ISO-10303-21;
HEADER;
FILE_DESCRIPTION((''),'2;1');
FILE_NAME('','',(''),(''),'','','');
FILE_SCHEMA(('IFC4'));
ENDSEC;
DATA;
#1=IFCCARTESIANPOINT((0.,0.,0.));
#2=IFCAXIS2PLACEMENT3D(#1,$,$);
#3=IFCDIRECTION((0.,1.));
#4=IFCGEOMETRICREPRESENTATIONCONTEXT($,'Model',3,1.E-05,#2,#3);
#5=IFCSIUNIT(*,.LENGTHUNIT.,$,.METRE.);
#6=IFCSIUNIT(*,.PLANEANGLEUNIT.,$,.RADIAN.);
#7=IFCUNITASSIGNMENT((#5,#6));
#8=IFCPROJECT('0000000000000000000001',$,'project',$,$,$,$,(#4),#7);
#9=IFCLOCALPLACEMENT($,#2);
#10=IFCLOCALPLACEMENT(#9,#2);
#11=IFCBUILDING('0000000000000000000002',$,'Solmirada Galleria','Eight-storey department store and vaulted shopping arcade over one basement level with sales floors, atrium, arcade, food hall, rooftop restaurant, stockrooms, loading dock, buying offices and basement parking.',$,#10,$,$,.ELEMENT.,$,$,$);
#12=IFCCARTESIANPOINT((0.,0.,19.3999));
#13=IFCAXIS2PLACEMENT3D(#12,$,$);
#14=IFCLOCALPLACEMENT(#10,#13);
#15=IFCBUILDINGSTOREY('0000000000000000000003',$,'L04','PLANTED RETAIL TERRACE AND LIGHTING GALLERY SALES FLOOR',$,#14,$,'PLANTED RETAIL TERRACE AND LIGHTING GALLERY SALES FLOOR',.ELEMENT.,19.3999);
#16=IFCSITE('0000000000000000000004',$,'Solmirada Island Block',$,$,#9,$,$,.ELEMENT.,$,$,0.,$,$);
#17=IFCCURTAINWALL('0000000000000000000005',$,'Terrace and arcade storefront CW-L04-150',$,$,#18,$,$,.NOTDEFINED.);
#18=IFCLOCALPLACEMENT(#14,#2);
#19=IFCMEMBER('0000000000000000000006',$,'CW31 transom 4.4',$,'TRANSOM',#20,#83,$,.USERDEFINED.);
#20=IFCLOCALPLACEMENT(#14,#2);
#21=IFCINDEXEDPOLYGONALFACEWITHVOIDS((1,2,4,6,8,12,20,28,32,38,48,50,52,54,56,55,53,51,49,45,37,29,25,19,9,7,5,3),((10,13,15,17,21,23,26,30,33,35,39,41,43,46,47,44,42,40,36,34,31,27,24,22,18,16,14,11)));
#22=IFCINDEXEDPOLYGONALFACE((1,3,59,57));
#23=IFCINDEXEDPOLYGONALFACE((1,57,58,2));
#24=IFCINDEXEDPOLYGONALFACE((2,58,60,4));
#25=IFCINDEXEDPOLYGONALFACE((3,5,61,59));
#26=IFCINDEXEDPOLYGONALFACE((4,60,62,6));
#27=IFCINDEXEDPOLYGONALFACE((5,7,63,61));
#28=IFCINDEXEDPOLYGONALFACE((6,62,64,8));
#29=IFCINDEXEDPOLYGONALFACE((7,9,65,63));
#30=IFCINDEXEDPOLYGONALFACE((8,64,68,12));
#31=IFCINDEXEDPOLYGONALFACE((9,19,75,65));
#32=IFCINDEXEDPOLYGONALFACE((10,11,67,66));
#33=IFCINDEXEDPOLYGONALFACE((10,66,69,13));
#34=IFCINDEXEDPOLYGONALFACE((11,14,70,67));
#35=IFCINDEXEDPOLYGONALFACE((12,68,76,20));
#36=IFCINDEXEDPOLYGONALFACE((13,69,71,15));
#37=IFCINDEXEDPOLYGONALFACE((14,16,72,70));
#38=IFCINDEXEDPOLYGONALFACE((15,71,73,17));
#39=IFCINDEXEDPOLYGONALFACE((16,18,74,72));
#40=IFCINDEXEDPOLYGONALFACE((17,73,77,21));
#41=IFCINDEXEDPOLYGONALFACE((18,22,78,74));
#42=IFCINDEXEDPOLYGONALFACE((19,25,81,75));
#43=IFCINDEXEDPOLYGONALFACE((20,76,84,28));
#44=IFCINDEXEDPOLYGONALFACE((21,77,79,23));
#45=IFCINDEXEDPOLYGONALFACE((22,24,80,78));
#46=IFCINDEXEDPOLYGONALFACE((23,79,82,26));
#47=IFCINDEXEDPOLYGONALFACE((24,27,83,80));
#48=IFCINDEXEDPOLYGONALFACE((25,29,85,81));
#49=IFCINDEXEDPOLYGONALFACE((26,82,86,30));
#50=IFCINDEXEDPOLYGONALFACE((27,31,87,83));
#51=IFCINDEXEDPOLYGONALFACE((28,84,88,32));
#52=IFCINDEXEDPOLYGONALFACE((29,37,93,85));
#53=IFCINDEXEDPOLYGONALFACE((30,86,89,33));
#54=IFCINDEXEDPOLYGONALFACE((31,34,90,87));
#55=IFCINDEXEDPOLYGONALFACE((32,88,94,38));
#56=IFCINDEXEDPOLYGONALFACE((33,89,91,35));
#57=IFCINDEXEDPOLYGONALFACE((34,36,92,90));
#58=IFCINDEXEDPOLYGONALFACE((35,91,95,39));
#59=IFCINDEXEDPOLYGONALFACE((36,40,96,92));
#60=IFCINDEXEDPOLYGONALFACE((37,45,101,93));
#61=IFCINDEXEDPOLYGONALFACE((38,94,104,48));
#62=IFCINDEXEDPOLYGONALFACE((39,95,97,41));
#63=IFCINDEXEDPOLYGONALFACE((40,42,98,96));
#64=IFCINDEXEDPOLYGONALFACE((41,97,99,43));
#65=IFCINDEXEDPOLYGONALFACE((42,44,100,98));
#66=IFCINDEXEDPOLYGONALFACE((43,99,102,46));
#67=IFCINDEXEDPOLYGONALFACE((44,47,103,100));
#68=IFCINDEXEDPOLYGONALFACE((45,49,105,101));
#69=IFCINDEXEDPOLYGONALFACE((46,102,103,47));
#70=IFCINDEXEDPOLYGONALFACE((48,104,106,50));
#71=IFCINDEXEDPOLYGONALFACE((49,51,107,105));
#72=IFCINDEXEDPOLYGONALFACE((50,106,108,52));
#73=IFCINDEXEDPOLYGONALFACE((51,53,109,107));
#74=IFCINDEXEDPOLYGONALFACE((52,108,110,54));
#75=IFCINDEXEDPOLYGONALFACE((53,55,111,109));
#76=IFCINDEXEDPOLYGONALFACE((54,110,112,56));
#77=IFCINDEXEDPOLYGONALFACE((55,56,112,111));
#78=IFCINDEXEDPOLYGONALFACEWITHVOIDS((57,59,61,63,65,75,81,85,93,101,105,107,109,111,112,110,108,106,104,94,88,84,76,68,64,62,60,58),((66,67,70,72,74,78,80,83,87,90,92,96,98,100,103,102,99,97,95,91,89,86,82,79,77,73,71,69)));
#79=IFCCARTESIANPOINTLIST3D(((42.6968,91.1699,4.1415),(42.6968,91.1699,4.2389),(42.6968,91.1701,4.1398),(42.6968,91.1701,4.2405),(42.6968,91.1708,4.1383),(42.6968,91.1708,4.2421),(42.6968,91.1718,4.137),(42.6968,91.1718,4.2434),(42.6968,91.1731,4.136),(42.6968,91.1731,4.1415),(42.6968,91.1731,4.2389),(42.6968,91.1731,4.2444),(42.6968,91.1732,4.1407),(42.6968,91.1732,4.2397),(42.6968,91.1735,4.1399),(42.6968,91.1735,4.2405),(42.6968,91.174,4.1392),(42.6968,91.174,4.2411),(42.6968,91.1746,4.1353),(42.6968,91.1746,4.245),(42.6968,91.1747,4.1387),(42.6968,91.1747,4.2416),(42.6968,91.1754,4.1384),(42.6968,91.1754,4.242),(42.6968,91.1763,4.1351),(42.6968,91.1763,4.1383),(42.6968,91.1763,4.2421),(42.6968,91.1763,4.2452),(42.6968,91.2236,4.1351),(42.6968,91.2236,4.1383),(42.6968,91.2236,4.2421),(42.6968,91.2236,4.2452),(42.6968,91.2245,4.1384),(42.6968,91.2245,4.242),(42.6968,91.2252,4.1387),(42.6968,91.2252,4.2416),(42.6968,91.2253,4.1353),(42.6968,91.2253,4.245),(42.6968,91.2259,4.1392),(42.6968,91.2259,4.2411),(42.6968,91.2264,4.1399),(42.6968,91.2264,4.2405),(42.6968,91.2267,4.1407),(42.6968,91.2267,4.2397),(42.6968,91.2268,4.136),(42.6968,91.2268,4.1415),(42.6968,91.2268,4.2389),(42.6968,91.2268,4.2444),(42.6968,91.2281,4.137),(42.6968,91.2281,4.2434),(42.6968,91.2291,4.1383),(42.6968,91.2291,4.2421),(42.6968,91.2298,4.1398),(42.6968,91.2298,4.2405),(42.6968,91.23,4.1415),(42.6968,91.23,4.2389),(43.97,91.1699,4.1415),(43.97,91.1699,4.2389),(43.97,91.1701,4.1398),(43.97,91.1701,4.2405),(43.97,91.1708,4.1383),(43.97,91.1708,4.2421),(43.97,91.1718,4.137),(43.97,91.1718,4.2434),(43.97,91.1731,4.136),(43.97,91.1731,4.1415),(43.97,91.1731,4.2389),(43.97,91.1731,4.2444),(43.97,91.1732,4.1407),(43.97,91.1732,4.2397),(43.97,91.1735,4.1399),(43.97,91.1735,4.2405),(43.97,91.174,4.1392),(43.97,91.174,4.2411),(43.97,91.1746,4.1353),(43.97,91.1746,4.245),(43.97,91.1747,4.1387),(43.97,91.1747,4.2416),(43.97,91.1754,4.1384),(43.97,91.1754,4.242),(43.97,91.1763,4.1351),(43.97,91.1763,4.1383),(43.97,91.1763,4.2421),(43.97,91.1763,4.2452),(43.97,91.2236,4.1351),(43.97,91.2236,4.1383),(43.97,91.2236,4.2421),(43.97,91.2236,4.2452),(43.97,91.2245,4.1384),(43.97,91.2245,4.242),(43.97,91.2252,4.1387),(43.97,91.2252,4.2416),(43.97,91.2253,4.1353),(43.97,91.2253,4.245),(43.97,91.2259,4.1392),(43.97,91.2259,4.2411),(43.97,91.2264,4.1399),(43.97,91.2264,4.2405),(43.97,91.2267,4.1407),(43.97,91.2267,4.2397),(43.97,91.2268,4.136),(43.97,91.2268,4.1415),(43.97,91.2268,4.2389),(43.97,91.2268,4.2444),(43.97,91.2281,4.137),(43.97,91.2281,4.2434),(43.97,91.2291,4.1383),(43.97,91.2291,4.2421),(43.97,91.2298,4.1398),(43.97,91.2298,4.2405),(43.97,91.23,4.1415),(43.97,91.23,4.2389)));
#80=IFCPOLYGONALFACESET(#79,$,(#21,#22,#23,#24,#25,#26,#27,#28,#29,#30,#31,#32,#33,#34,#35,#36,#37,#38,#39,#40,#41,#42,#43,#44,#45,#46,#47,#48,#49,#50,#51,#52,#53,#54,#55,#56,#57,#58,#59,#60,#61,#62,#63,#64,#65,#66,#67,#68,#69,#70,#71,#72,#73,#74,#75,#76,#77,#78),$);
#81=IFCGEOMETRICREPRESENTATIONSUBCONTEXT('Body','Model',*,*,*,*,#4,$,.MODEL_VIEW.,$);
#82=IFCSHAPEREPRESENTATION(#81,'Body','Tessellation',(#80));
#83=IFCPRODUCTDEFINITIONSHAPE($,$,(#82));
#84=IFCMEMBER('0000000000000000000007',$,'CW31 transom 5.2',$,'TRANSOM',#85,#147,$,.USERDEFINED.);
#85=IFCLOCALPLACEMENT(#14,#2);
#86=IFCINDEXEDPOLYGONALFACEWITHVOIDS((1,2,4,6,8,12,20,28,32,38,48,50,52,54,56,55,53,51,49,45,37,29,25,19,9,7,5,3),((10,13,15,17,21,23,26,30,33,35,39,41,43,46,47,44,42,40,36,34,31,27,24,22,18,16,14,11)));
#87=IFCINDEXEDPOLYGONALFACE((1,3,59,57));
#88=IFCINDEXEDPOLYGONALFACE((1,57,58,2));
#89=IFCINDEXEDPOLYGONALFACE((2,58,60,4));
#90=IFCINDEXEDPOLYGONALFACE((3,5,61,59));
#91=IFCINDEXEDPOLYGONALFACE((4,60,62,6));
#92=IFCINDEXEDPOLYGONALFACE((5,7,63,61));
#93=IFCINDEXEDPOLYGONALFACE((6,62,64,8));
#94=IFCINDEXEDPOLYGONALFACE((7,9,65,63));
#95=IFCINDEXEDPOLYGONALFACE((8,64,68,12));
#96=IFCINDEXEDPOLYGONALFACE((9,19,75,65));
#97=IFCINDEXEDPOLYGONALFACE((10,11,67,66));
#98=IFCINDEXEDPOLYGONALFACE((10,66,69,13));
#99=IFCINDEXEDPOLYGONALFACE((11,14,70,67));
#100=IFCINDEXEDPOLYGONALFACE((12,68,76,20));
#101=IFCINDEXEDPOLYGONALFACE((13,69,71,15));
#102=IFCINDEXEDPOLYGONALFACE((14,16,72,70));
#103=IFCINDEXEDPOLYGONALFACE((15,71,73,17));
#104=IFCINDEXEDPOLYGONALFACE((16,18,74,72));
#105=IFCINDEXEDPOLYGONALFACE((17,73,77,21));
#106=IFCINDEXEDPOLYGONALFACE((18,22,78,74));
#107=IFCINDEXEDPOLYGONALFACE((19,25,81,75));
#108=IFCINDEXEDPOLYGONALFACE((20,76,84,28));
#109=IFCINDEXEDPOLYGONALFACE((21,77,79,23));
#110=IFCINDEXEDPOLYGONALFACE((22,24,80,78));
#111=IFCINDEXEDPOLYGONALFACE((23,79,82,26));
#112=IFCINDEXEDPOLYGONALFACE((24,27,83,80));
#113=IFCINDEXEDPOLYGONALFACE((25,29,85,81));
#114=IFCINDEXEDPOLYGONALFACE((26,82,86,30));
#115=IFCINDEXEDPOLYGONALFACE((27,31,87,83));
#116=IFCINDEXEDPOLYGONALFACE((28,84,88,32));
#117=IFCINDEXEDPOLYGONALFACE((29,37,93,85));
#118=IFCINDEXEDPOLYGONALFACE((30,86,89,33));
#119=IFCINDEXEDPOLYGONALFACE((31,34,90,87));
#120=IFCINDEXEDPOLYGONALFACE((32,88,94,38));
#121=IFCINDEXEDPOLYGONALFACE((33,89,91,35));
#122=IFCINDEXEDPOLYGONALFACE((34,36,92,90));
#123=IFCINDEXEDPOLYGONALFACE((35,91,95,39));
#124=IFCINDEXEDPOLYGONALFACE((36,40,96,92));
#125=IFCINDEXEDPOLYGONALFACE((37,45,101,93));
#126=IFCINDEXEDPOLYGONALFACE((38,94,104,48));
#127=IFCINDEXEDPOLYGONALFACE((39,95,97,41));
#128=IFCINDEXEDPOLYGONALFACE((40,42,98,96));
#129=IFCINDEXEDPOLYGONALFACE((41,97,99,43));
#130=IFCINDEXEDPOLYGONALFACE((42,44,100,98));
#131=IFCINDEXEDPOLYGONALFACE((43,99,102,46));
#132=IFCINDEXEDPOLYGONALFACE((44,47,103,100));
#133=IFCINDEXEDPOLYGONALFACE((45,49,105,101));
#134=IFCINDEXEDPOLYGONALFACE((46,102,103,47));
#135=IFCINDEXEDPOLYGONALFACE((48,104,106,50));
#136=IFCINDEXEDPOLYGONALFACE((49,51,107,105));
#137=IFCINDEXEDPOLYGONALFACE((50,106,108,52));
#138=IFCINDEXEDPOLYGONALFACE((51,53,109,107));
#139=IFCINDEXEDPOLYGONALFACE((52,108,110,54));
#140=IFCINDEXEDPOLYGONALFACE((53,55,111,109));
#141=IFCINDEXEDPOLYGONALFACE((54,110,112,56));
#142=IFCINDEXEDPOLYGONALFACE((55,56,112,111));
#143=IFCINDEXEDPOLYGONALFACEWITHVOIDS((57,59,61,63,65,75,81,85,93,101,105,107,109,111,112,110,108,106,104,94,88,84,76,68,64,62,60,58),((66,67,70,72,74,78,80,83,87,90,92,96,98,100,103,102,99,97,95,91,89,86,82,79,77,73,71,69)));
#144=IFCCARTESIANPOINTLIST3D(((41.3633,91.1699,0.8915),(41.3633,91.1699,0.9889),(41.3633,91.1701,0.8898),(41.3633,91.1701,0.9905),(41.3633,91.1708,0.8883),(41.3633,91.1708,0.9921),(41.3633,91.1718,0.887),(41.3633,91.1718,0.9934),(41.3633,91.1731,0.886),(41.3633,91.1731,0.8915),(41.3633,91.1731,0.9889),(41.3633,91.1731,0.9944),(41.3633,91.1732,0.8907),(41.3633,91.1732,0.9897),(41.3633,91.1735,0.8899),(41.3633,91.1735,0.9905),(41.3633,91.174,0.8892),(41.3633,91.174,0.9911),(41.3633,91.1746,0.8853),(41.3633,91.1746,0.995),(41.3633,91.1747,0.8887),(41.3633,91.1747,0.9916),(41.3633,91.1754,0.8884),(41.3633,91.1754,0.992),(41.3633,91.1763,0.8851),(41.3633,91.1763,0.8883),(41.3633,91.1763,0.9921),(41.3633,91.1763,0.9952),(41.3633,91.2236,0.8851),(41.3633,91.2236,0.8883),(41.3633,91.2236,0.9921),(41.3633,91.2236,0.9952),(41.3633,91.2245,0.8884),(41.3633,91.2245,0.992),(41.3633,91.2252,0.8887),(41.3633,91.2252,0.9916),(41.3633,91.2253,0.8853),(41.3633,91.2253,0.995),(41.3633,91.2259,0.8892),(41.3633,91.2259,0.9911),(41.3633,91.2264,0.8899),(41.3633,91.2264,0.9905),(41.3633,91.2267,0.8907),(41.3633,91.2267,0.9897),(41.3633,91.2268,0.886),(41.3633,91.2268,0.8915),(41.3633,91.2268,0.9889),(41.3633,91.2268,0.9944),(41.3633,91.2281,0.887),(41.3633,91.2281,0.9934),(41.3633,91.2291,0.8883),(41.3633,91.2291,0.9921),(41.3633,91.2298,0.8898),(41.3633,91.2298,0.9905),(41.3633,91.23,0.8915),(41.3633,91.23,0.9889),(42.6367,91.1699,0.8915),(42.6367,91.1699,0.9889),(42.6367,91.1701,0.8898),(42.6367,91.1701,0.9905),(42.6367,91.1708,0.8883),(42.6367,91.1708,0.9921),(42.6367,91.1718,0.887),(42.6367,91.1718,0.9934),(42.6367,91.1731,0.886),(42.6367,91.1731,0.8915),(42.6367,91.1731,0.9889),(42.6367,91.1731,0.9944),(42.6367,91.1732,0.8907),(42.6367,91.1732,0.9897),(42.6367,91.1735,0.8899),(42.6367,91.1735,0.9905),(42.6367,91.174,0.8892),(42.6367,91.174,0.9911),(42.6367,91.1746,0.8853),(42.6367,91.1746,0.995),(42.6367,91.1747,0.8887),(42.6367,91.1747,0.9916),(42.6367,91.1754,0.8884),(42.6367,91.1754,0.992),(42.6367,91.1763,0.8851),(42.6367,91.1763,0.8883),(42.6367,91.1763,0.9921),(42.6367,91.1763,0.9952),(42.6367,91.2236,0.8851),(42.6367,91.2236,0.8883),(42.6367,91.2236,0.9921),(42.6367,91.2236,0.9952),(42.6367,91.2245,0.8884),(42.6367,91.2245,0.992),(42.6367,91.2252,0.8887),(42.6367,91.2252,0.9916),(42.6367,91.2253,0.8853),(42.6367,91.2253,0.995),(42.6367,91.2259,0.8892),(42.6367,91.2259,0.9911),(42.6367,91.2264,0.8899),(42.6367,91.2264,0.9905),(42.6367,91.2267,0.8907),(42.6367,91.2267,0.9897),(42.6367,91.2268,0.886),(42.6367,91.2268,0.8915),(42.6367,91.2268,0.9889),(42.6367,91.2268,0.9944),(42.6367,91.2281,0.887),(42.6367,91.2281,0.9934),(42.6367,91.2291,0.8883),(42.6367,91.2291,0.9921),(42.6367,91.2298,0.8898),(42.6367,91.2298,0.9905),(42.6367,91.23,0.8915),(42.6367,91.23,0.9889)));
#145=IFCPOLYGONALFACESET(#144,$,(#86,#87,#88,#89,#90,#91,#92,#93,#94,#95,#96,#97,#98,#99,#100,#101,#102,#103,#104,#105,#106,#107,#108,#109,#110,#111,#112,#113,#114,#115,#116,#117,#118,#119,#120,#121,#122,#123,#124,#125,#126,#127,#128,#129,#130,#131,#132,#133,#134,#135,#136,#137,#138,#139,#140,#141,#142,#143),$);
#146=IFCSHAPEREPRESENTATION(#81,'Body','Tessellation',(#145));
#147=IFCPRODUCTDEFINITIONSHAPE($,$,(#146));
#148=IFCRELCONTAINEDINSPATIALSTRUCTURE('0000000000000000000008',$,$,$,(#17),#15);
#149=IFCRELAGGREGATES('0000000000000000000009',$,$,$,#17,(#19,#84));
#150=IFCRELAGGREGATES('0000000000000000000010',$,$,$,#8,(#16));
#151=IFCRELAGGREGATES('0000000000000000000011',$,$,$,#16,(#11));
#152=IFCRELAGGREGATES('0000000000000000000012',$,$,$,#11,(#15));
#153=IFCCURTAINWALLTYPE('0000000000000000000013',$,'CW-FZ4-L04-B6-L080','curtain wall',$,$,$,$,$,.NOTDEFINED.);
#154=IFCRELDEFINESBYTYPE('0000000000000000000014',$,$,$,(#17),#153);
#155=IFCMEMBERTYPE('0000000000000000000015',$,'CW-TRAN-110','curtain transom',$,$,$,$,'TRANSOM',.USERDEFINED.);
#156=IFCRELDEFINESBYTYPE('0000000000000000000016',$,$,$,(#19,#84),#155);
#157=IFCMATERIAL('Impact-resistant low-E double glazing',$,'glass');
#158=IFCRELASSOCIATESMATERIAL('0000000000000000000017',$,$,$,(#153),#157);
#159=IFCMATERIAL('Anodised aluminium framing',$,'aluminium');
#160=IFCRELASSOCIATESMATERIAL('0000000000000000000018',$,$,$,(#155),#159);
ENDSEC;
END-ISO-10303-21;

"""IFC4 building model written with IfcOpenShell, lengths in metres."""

from ifc_helpers import new_model, si_unit, direction, frame, origin, origin_2d, place, context, subcontext, project, spatial, hollow_rectangle, extrude, material, material_profile, profile_set, type_object, element, aggregate, save


model = new_model("IFC4")

# Units and contexts
model_context = context("Model", 3, precision=1e-05, world=origin(), true_north=direction((0.0, 1.0)))
body_context = subcontext(model_context, "Body", "Model", "MODEL_VIEW")
ifc_project = project(units=[si_unit("LENGTHUNIT", "METRE"), si_unit("PLANEANGLEUNIT", "RADIAN")], contexts=[model_context])

# Site, building, storey
site_placement = place(None, origin())
site = spatial("IfcSite", under=ifc_project, at=site_placement, Name="Solmirada Island Block", CompositionType="ELEMENT", RefElevation=0.0)
building_placement = place(site_placement, origin())
building = spatial("IfcBuilding", under=site, at=building_placement, Name="Solmirada Galleria", Description="Eight-storey department store and vaulted shopping arcade over one basement level with sales floors, atrium, arcade, food hall, rooftop restaurant, stockrooms, loading dock, buying offices and basement parking.", CompositionType="ELEMENT")
storey_placement = place(building_placement, frame((0.0, 0.0, 19.3999)))
storey = spatial("IfcBuildingStorey", under=building, at=storey_placement, Name="L04", Description="PLANTED RETAIL TERRACE AND LIGHTING GALLERY SALES FLOOR", LongName="PLANTED RETAIL TERRACE AND LIGHTING GALLERY SALES FLOOR", CompositionType="ELEMENT", Elevation=19.3999)

# Curtain wall, members
ifc_material_1 = material(Name="Impact-resistant low-E double glazing", Category="glass")
curtain_wall_type = type_object("IfcCurtainWallType", Name="CW-FZ4-L04-B6-L080", Description="curtain wall", PredefinedType="NOTDEFINED", material=ifc_material_1)
curtain_wall_placement = place(storey_placement, origin())
curtain_wall = element("IfcCurtainWall", 1, at=curtain_wall_placement, inside=storey, type_object=curtain_wall_type, Name="Terrace and arcade storefront CW-L04-150", PredefinedType="NOTDEFINED")
ifc_material_2 = material(Name="Anodised aluminium framing", Category="aluminium")
ifc_material_profile_1 = material_profile(ifc_material_2, hollow_rectangle(XDim=0.0601, YDim=0.1101, WallThickness=0.0032, InnerFilletRadius=0.0032, OuterFilletRadius=0.0063, at=origin_2d()), Name="ALU-TRAN-110X60")
ifc_profile_set_1 = profile_set([ifc_material_profile_1], Name="Anodised aluminium framing")
member_type_1 = type_object("IfcMemberType", Name="CW-TRAN-110", Description="curtain transom", ElementType="TRANSOM", PredefinedType="USERDEFINED", material=ifc_profile_set_1)
member_1_placement = place(storey_placement, frame((43.97, 91.2, 4.1902), z_axis=(-1.0, 0.0, 0.0), x_axis=(0.0, -1.0, 0.0)))
member_1 = element("IfcMember", 2, at=member_1_placement, type_object=member_type_1, Name="CW31 transom 4.4", ObjectType="TRANSOM", PredefinedType="USERDEFINED", context=body_context, shape_type="SweptSolid", body=[
    extrude(hollow_rectangle(XDim=0.0601, YDim=0.1101, WallThickness=0.0032, InnerFilletRadius=0.0032, OuterFilletRadius=0.0063, at=origin_2d()), origin(), (0.0, 0.0, 1.0), 1.2732),
])
member_2_placement = place(storey_placement, frame((42.6367, 91.2, 0.9402), z_axis=(-1.0, 0.0, 0.0), x_axis=(0.0, -1.0, 0.0)))
member_2 = element("IfcMember", 3, at=member_2_placement, type_object=member_type_1, Name="CW31 transom 5.2", ObjectType="TRANSOM", PredefinedType="USERDEFINED", context=body_context, shape_type="SweptSolid", body=[
    extrude(hollow_rectangle(XDim=0.0601, YDim=0.1101, WallThickness=0.0032, InnerFilletRadius=0.0032, OuterFilletRadius=0.0063, at=origin_2d()), origin(), (0.0, 0.0, 1.0), 1.2734),
])
aggregate(curtain_wall, [member_1, member_2])

save(model, "model.ifc")
